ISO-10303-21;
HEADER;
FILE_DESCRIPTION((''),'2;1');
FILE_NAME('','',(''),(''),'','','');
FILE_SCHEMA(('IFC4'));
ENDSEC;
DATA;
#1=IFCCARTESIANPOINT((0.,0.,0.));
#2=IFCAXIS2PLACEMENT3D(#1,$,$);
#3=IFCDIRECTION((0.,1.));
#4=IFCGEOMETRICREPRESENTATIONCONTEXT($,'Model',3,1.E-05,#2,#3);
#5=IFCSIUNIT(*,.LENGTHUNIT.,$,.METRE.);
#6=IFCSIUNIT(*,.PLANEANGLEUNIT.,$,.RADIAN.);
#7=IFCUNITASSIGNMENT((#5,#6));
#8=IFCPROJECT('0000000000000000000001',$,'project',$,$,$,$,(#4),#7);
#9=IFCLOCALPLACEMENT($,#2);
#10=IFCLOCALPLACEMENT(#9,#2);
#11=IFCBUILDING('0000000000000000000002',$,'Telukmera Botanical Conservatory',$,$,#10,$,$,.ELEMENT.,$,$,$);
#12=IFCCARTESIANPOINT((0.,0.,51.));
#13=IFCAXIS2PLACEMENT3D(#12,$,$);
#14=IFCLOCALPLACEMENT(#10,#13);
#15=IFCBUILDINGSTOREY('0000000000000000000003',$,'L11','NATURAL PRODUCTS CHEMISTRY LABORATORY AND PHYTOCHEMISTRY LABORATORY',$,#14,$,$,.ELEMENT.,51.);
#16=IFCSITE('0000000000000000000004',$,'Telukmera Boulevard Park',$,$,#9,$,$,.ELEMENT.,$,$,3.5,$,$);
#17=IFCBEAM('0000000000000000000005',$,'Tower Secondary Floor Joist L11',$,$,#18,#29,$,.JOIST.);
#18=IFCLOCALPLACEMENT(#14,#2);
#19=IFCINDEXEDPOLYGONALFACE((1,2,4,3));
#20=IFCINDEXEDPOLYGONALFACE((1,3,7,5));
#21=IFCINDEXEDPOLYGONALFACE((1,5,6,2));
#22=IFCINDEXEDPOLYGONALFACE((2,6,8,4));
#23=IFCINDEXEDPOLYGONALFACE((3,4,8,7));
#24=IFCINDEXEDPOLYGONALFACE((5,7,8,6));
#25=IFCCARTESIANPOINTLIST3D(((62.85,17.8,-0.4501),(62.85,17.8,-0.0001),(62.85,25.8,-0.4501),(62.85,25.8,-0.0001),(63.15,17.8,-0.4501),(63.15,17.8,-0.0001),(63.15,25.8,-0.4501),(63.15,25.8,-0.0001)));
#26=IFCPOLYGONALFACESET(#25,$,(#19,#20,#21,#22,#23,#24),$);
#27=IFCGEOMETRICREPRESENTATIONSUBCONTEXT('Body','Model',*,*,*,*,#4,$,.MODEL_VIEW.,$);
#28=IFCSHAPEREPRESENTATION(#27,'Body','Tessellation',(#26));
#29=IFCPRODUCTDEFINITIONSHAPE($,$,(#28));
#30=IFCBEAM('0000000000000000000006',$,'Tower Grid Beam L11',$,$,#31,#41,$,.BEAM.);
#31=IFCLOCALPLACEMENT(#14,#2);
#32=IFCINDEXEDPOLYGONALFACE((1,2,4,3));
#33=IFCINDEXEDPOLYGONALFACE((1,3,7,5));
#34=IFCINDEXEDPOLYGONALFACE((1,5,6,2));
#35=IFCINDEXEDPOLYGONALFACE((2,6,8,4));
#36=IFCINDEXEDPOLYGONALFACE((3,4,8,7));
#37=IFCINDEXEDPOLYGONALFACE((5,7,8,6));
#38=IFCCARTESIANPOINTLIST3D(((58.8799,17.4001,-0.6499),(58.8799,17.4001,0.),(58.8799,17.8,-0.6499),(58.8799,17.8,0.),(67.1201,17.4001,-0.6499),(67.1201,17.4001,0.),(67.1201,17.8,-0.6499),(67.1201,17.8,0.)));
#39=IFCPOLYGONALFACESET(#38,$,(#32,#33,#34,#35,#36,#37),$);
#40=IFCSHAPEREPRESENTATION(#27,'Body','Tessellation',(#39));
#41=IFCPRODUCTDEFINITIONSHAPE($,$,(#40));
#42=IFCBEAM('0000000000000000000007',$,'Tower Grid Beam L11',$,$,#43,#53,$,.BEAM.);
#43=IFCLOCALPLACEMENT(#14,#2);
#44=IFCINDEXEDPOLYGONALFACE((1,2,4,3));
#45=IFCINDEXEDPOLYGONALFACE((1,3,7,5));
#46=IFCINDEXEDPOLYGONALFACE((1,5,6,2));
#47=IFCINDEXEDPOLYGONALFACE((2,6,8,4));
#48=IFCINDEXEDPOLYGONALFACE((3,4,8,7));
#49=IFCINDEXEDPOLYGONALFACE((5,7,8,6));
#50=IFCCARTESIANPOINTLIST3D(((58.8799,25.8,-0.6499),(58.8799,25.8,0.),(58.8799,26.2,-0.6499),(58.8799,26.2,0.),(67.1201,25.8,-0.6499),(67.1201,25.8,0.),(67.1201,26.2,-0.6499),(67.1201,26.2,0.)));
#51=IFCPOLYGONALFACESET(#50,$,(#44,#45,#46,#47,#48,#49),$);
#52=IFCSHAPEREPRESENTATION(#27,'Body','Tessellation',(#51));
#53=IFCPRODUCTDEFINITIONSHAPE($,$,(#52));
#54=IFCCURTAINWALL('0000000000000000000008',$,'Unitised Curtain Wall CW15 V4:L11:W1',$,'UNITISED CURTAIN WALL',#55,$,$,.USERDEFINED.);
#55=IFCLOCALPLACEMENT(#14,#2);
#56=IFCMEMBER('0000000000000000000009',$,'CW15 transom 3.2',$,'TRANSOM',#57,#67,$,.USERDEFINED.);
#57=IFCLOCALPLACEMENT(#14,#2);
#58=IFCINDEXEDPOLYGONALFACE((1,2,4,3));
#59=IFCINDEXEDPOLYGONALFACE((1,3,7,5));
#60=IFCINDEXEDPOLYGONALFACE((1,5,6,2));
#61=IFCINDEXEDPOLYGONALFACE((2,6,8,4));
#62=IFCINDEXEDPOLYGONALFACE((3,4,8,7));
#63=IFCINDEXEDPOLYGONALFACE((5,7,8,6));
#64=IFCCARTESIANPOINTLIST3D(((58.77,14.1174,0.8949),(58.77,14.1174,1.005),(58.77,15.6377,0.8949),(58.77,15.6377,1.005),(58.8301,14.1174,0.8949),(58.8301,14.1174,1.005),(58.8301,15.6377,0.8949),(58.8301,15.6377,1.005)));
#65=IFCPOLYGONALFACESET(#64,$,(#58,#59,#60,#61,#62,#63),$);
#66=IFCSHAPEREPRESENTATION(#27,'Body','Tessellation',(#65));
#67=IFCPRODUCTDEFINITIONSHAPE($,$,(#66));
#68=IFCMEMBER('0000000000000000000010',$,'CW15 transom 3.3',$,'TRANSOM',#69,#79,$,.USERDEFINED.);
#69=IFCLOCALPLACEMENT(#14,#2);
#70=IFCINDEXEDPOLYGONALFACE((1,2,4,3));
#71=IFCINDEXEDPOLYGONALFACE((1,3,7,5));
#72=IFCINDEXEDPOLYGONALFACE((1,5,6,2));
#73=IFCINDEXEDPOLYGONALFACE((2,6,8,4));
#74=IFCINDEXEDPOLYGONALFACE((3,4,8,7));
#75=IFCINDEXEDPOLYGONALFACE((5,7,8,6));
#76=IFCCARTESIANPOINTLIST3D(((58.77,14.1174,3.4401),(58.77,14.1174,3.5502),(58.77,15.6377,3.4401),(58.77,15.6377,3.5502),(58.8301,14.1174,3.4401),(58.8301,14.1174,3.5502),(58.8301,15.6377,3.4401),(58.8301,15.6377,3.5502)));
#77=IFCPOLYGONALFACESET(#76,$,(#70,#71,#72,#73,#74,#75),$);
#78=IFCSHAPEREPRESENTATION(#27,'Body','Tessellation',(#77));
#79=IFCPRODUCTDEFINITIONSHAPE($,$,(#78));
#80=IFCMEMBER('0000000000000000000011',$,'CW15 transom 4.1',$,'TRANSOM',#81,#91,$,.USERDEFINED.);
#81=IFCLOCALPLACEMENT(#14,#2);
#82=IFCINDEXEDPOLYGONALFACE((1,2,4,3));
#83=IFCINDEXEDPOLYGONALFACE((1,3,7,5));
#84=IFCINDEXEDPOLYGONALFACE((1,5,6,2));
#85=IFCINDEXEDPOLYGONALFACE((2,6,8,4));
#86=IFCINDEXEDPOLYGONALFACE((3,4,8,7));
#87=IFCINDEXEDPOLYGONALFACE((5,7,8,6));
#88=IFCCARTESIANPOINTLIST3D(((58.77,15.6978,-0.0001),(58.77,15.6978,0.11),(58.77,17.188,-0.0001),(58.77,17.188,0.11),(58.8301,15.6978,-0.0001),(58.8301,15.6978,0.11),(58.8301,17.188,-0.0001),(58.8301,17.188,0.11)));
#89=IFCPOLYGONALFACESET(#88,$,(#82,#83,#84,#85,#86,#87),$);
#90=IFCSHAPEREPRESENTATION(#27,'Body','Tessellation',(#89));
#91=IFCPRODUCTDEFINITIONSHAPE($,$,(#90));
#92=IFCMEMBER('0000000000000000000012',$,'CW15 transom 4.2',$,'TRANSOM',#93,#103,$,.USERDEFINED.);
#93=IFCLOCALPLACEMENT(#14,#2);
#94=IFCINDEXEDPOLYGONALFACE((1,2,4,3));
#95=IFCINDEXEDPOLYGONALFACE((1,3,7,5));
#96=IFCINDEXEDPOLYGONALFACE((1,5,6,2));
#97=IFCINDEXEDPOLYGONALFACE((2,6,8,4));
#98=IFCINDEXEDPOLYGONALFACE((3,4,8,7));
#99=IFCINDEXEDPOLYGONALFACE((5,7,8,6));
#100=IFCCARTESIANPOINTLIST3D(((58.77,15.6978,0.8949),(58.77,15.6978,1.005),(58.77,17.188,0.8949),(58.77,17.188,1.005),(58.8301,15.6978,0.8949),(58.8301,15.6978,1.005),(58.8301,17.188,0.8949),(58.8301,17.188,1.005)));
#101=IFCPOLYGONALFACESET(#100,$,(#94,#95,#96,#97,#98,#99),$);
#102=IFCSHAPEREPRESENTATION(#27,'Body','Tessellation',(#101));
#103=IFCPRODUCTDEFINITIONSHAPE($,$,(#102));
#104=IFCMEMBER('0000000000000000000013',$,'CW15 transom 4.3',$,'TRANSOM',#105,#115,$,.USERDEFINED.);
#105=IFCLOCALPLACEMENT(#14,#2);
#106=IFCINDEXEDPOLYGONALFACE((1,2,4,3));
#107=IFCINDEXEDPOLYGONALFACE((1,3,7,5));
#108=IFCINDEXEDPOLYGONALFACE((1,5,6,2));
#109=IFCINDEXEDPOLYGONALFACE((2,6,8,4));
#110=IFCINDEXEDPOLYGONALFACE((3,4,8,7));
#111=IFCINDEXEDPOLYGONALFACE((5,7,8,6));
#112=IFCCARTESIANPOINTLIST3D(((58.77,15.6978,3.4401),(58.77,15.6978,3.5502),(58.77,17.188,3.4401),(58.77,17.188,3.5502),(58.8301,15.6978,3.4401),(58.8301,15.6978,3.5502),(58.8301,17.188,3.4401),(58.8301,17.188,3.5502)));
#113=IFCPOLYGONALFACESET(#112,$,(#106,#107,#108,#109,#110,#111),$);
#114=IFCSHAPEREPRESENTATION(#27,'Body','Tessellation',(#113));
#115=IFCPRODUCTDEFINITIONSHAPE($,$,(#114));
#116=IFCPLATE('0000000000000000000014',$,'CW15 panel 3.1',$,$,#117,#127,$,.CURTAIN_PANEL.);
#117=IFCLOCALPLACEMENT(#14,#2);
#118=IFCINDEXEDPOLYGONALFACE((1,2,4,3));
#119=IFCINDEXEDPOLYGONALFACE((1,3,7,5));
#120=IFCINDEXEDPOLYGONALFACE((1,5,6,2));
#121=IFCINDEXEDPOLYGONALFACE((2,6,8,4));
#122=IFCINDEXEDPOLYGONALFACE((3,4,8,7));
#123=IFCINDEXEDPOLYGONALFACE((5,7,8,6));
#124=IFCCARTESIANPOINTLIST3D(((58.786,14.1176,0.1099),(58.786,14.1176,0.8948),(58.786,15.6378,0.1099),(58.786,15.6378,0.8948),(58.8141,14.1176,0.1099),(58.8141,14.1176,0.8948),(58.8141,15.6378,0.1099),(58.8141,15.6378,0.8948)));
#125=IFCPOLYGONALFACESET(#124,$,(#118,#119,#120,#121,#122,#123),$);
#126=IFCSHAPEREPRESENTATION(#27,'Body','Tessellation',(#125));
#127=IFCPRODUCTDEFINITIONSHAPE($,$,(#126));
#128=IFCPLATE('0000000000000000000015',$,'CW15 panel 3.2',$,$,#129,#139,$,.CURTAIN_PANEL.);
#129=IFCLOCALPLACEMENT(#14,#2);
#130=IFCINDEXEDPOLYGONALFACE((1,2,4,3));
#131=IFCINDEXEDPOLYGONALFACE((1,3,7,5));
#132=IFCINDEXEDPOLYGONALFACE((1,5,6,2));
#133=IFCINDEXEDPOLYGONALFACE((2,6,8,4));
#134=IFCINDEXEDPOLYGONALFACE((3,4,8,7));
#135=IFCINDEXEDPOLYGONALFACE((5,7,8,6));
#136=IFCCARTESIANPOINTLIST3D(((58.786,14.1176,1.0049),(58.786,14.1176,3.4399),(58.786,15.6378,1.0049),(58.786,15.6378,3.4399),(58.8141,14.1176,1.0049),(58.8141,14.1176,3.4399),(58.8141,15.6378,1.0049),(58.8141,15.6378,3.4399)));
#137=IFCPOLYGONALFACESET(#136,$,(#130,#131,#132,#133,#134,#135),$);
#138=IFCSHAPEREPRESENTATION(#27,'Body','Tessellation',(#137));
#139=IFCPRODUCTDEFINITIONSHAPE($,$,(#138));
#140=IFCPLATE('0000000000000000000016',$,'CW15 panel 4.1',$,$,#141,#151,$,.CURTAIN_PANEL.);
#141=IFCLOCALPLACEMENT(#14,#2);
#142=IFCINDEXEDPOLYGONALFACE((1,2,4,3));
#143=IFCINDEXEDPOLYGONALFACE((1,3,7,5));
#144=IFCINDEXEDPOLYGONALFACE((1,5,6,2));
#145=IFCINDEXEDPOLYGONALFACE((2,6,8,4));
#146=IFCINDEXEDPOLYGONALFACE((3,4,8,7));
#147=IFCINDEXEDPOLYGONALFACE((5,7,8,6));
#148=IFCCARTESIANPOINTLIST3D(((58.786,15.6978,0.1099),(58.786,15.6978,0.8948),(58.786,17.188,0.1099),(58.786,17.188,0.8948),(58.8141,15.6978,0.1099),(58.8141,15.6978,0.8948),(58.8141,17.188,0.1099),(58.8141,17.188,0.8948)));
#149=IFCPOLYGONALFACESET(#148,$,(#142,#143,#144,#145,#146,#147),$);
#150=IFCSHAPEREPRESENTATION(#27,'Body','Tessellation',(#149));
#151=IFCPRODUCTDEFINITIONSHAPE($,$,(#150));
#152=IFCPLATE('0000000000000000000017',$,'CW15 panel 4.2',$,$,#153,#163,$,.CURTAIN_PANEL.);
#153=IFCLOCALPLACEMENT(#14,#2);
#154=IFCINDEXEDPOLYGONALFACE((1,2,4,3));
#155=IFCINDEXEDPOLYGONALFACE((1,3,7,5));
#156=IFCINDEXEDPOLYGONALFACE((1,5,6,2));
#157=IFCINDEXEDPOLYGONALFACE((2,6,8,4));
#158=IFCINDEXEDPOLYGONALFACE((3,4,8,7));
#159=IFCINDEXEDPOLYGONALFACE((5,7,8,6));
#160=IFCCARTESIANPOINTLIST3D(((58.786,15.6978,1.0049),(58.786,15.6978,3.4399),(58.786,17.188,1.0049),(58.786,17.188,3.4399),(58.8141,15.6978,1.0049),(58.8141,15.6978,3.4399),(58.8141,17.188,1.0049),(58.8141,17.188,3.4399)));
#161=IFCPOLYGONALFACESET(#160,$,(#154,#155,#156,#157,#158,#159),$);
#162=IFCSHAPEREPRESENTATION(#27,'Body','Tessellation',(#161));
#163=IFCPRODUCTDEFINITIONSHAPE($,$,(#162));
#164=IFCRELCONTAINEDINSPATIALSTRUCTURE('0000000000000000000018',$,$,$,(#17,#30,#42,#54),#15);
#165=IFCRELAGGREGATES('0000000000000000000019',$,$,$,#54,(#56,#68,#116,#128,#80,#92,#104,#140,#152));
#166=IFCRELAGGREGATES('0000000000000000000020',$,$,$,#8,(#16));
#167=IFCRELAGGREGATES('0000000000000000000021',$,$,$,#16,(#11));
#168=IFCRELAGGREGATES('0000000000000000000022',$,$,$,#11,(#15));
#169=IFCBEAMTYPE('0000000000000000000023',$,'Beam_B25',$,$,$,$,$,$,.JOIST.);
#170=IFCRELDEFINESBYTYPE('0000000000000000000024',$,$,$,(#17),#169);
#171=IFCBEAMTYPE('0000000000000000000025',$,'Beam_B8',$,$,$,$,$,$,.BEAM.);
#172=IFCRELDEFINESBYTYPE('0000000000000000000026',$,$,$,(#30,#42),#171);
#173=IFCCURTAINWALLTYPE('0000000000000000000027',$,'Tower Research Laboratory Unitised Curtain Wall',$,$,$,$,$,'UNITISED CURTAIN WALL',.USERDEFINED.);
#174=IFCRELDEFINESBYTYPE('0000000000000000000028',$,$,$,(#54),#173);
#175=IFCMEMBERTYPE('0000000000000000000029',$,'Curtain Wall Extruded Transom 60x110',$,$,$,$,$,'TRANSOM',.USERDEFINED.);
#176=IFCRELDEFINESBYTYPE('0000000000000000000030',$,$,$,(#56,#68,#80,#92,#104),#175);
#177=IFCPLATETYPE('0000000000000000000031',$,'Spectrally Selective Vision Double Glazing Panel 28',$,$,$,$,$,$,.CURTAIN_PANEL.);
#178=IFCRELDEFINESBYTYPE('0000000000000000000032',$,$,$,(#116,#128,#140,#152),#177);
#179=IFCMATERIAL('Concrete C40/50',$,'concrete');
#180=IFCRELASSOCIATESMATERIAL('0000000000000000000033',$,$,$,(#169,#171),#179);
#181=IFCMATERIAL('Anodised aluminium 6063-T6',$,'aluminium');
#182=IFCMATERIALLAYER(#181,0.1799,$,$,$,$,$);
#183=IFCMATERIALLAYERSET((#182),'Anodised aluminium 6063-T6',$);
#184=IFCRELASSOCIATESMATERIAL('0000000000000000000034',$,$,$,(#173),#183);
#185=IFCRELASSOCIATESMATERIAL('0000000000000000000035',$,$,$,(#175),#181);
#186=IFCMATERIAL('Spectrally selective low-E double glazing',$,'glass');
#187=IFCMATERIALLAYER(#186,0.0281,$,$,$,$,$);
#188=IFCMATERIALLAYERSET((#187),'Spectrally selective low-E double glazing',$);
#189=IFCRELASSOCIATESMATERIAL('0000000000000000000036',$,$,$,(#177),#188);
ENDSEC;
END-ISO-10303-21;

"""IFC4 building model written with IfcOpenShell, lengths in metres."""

from ifc_helpers import new_model, si_unit, direction, frame, origin, origin_2d, place, context, subcontext, project, spatial, rectangle, extrude, material, layer, layer_set, material_profile, profile_set, type_object, element, aggregate, save


model = new_model("IFC4")

# Units and contexts
model_context = context("Model", 3, precision=1e-05, world=origin(), true_north=direction((0.0, 1.0)))
body_context = subcontext(model_context, "Body", "Model", "MODEL_VIEW")
ifc_project = project(units=[si_unit("LENGTHUNIT", "METRE"), si_unit("PLANEANGLEUNIT", "RADIAN")], contexts=[model_context])

# Site, building, storey
site_placement = place(None, origin())
site = spatial("IfcSite", under=ifc_project, at=site_placement, Name="Telukmera Boulevard Park", CompositionType="ELEMENT", RefElevation=3.5)
building_placement = place(site_placement, origin())
building = spatial("IfcBuilding", under=site, at=building_placement, Name="Telukmera Botanical Conservatory", CompositionType="ELEMENT")
storey_placement = place(building_placement, frame((0.0, 0.0, 51.0)))
storey = spatial("IfcBuildingStorey", under=building, at=storey_placement, Name="L11", Description="NATURAL PRODUCTS CHEMISTRY LABORATORY AND PHYTOCHEMISTRY LABORATORY", CompositionType="ELEMENT", Elevation=51.0)

# Beams
ifc_material_1 = material(Name="Concrete C40/50", Category="concrete")
ifc_material_profile_1 = material_profile(ifc_material_1, rectangle(XDim=0.3, YDim=0.45, at=origin_2d()), Name="RC 300x450")
ifc_profile_set_1 = profile_set([ifc_material_profile_1], Name="Concrete C40/50")
beam_type_1 = type_object("IfcBeamType", Name="Beam_B25", PredefinedType="JOIST", material=ifc_profile_set_1)
beam_placement = place(storey_placement, frame((63.0, 17.8, -0.2251), z_axis=(0.0, 1.0, 0.0), x_axis=(-1.0, 0.0, 0.0)))
element("IfcBeam", 1, at=beam_placement, inside=storey, type_object=beam_type_1, Name="Tower Secondary Floor Joist L11", PredefinedType="JOIST", context=body_context, shape_type="SweptSolid", body=[
    extrude(rectangle(XDim=0.3, YDim=0.45, at=origin_2d()), origin(), (0.0, 0.0, 1.0), 8.0),
])
ifc_material_profile_2 = material_profile(ifc_material_1, rectangle(XDim=0.3999, YDim=0.6499, at=origin_2d()), Name="RC 400x650")
ifc_profile_set_2 = profile_set([ifc_material_profile_2], Name="Concrete C40/50")
beam_type_2 = type_object("IfcBeamType", Name="Beam_B8", PredefinedType="BEAM", material=ifc_profile_set_2)
for number, where, z_axis, x_axis, name in (
    (2, (58.8799, 17.6001, -0.325), (1.0, 0.0, 0.0), (0.0, 1.0, 0.0), "Tower Grid Beam L11"),
    (3, (58.8799, 26.0, -0.325), (1.0, 0.0, 0.0), (0.0, 1.0, 0.0), "Tower Grid Beam L11"),
):
    element("IfcBeam", number, at=place(storey_placement, frame(where, z_axis=z_axis, x_axis=x_axis)), inside=storey, type_object=beam_type_2, Name=name, PredefinedType="BEAM", context=body_context, shape_type="SweptSolid", body=[
        extrude(rectangle(XDim=0.3999, YDim=0.6499, at=origin_2d()), origin(), (0.0, 0.0, 1.0), 8.2402),
    ])

# Curtain wall, members, plates
ifc_material_2 = material(Name="Anodised aluminium 6063-T6", Category="aluminium")
ifc_layer_1 = layer(ifc_material_2, 0.1799)
ifc_layer_set_1 = layer_set([ifc_layer_1], Name="Anodised aluminium 6063-T6")
curtain_wall_type = type_object("IfcCurtainWallType", Name="Tower Research Laboratory Unitised Curtain Wall", ElementType="UNITISED CURTAIN WALL", PredefinedType="USERDEFINED", material=ifc_layer_set_1)
curtain_wall_placement = place(storey_placement, origin())
curtain_wall = element("IfcCurtainWall", 4, at=curtain_wall_placement, inside=storey, type_object=curtain_wall_type, Name="Unitised Curtain Wall CW15 V4:L11:W1", ObjectType="UNITISED CURTAIN WALL", PredefinedType="USERDEFINED")
ifc_material_profile_3 = material_profile(ifc_material_2, rectangle(XDim=0.0601, YDim=0.1101, at=origin_2d()), Name="ALU TRAN 60x110")
ifc_profile_set_3 = profile_set([ifc_material_profile_3], Name="Anodised aluminium 6063-T6")
member_type = type_object("IfcMemberType", Name="Curtain Wall Extruded Transom 60x110", ElementType="TRANSOM", PredefinedType="USERDEFINED", material=ifc_profile_set_3)
member_1_placement = place(storey_placement, frame((58.8, 14.1174, 0.95), z_axis=(0.0, 1.0, 0.0), x_axis=(-1.0, 0.0, 0.0)))
member_1 = element("IfcMember", 5, at=member_1_placement, type_object=member_type, Name="CW15 transom 3.2", ObjectType="TRANSOM", PredefinedType="USERDEFINED", context=body_context, shape_type="SweptSolid", body=[
    extrude(rectangle(XDim=0.0601, YDim=0.1101, at=origin_2d()), origin(), (0.0, 0.0, 1.0), 1.5203),
])
member_2_placement = place(storey_placement, frame((58.8, 14.1174, 3.4951), z_axis=(0.0, 1.0, 0.0), x_axis=(-1.0, 0.0, 0.0)))
member_2 = element("IfcMember", 6, at=member_2_placement, type_object=member_type, Name="CW15 transom 3.3", ObjectType="TRANSOM", PredefinedType="USERDEFINED", context=body_context, shape_type="SweptSolid", body=[
    extrude(rectangle(XDim=0.0601, YDim=0.1101, at=origin_2d()), origin(), (0.0, 0.0, 1.0), 1.5203),
])
member_3_placement = place(storey_placement, frame((58.8, 15.6978, 0.0549), z_axis=(0.0, 1.0, 0.0), x_axis=(-1.0, 0.0, 0.0)))
member_3 = element("IfcMember", 7, at=member_3_placement, type_object=member_type, Name="CW15 transom 4.1", ObjectType="TRANSOM", PredefinedType="USERDEFINED", context=body_context, shape_type="SweptSolid", body=[
    extrude(rectangle(XDim=0.0601, YDim=0.1101, at=origin_2d()), origin(), (0.0, 0.0, 1.0), 1.4902),
])
member_4_placement = place(storey_placement, frame((58.8, 15.6978, 0.95), z_axis=(0.0, 1.0, 0.0), x_axis=(-1.0, 0.0, 0.0)))
member_4 = element("IfcMember", 8, at=member_4_placement, type_object=member_type, Name="CW15 transom 4.2", ObjectType="TRANSOM", PredefinedType="USERDEFINED", context=body_context, shape_type="SweptSolid", body=[
    extrude(rectangle(XDim=0.0601, YDim=0.1101, at=origin_2d()), origin(), (0.0, 0.0, 1.0), 1.4902),
])
member_5_placement = place(storey_placement, frame((58.8, 15.6978, 3.4951), z_axis=(0.0, 1.0, 0.0), x_axis=(-1.0, 0.0, 0.0)))
member_5 = element("IfcMember", 9, at=member_5_placement, type_object=member_type, Name="CW15 transom 4.3", ObjectType="TRANSOM", PredefinedType="USERDEFINED", context=body_context, shape_type="SweptSolid", body=[
    extrude(rectangle(XDim=0.0601, YDim=0.1101, at=origin_2d()), origin(), (0.0, 0.0, 1.0), 1.4902),
])
ifc_material_3 = material(Name="Spectrally selective low-E double glazing", Category="glass")
ifc_layer_2 = layer(ifc_material_3, 0.0281)
ifc_layer_set_2 = layer_set([ifc_layer_2], Name="Spectrally selective low-E double glazing")
plate_type = type_object("IfcPlateType", Name="Spectrally Selective Vision Double Glazing Panel 28", PredefinedType="CURTAIN_PANEL", material=ifc_layer_set_2)
plate_1_placement = place(storey_placement, frame((58.8, 14.8777, 0.1099), z_axis=(0.0, 0.0, 1.0), x_axis=(0.0, 1.0, 0.0)))
plate_1 = element("IfcPlate", 10, at=plate_1_placement, type_object=plate_type, Name="CW15 panel 3.1", PredefinedType="CURTAIN_PANEL", context=body_context, shape_type="SweptSolid", body=[
    extrude(rectangle(XDim=1.5203, YDim=0.0281, at=origin_2d()), origin(), (0.0, 0.0, 1.0), 0.7849),
])
plate_2_placement = place(storey_placement, frame((58.8, 14.8777, 1.0049), z_axis=(0.0, 0.0, 1.0), x_axis=(0.0, 1.0, 0.0)))
plate_2 = element("IfcPlate", 11, at=plate_2_placement, type_object=plate_type, Name="CW15 panel 3.2", PredefinedType="CURTAIN_PANEL", context=body_context, shape_type="SweptSolid", body=[
    extrude(rectangle(XDim=1.5203, YDim=0.0281, at=origin_2d()), origin(), (0.0, 0.0, 1.0), 2.4351),
])
plate_3_placement = place(storey_placement, frame((58.8, 16.4429, 0.1099), z_axis=(0.0, 0.0, 1.0), x_axis=(0.0, 1.0, 0.0)))
plate_3 = element("IfcPlate", 12, at=plate_3_placement, type_object=plate_type, Name="CW15 panel 4.1", PredefinedType="CURTAIN_PANEL", context=body_context, shape_type="SweptSolid", body=[
    extrude(rectangle(XDim=1.4902, YDim=0.0281, at=origin_2d()), origin(), (0.0, 0.0, 1.0), 0.7849),
])
plate_4_placement = place(storey_placement, frame((58.8, 16.4429, 1.0049), z_axis=(0.0, 0.0, 1.0), x_axis=(0.0, 1.0, 0.0)))
plate_4 = element("IfcPlate", 13, at=plate_4_placement, type_object=plate_type, Name="CW15 panel 4.2", PredefinedType="CURTAIN_PANEL", context=body_context, shape_type="SweptSolid", body=[
    extrude(rectangle(XDim=1.4902, YDim=0.0281, at=origin_2d()), origin(), (0.0, 0.0, 1.0), 2.4351),
])
aggregate(curtain_wall, [member_1, member_2, plate_1, plate_2, member_3, member_4, member_5, plate_3, plate_4])

save(model, "model.ifc")
